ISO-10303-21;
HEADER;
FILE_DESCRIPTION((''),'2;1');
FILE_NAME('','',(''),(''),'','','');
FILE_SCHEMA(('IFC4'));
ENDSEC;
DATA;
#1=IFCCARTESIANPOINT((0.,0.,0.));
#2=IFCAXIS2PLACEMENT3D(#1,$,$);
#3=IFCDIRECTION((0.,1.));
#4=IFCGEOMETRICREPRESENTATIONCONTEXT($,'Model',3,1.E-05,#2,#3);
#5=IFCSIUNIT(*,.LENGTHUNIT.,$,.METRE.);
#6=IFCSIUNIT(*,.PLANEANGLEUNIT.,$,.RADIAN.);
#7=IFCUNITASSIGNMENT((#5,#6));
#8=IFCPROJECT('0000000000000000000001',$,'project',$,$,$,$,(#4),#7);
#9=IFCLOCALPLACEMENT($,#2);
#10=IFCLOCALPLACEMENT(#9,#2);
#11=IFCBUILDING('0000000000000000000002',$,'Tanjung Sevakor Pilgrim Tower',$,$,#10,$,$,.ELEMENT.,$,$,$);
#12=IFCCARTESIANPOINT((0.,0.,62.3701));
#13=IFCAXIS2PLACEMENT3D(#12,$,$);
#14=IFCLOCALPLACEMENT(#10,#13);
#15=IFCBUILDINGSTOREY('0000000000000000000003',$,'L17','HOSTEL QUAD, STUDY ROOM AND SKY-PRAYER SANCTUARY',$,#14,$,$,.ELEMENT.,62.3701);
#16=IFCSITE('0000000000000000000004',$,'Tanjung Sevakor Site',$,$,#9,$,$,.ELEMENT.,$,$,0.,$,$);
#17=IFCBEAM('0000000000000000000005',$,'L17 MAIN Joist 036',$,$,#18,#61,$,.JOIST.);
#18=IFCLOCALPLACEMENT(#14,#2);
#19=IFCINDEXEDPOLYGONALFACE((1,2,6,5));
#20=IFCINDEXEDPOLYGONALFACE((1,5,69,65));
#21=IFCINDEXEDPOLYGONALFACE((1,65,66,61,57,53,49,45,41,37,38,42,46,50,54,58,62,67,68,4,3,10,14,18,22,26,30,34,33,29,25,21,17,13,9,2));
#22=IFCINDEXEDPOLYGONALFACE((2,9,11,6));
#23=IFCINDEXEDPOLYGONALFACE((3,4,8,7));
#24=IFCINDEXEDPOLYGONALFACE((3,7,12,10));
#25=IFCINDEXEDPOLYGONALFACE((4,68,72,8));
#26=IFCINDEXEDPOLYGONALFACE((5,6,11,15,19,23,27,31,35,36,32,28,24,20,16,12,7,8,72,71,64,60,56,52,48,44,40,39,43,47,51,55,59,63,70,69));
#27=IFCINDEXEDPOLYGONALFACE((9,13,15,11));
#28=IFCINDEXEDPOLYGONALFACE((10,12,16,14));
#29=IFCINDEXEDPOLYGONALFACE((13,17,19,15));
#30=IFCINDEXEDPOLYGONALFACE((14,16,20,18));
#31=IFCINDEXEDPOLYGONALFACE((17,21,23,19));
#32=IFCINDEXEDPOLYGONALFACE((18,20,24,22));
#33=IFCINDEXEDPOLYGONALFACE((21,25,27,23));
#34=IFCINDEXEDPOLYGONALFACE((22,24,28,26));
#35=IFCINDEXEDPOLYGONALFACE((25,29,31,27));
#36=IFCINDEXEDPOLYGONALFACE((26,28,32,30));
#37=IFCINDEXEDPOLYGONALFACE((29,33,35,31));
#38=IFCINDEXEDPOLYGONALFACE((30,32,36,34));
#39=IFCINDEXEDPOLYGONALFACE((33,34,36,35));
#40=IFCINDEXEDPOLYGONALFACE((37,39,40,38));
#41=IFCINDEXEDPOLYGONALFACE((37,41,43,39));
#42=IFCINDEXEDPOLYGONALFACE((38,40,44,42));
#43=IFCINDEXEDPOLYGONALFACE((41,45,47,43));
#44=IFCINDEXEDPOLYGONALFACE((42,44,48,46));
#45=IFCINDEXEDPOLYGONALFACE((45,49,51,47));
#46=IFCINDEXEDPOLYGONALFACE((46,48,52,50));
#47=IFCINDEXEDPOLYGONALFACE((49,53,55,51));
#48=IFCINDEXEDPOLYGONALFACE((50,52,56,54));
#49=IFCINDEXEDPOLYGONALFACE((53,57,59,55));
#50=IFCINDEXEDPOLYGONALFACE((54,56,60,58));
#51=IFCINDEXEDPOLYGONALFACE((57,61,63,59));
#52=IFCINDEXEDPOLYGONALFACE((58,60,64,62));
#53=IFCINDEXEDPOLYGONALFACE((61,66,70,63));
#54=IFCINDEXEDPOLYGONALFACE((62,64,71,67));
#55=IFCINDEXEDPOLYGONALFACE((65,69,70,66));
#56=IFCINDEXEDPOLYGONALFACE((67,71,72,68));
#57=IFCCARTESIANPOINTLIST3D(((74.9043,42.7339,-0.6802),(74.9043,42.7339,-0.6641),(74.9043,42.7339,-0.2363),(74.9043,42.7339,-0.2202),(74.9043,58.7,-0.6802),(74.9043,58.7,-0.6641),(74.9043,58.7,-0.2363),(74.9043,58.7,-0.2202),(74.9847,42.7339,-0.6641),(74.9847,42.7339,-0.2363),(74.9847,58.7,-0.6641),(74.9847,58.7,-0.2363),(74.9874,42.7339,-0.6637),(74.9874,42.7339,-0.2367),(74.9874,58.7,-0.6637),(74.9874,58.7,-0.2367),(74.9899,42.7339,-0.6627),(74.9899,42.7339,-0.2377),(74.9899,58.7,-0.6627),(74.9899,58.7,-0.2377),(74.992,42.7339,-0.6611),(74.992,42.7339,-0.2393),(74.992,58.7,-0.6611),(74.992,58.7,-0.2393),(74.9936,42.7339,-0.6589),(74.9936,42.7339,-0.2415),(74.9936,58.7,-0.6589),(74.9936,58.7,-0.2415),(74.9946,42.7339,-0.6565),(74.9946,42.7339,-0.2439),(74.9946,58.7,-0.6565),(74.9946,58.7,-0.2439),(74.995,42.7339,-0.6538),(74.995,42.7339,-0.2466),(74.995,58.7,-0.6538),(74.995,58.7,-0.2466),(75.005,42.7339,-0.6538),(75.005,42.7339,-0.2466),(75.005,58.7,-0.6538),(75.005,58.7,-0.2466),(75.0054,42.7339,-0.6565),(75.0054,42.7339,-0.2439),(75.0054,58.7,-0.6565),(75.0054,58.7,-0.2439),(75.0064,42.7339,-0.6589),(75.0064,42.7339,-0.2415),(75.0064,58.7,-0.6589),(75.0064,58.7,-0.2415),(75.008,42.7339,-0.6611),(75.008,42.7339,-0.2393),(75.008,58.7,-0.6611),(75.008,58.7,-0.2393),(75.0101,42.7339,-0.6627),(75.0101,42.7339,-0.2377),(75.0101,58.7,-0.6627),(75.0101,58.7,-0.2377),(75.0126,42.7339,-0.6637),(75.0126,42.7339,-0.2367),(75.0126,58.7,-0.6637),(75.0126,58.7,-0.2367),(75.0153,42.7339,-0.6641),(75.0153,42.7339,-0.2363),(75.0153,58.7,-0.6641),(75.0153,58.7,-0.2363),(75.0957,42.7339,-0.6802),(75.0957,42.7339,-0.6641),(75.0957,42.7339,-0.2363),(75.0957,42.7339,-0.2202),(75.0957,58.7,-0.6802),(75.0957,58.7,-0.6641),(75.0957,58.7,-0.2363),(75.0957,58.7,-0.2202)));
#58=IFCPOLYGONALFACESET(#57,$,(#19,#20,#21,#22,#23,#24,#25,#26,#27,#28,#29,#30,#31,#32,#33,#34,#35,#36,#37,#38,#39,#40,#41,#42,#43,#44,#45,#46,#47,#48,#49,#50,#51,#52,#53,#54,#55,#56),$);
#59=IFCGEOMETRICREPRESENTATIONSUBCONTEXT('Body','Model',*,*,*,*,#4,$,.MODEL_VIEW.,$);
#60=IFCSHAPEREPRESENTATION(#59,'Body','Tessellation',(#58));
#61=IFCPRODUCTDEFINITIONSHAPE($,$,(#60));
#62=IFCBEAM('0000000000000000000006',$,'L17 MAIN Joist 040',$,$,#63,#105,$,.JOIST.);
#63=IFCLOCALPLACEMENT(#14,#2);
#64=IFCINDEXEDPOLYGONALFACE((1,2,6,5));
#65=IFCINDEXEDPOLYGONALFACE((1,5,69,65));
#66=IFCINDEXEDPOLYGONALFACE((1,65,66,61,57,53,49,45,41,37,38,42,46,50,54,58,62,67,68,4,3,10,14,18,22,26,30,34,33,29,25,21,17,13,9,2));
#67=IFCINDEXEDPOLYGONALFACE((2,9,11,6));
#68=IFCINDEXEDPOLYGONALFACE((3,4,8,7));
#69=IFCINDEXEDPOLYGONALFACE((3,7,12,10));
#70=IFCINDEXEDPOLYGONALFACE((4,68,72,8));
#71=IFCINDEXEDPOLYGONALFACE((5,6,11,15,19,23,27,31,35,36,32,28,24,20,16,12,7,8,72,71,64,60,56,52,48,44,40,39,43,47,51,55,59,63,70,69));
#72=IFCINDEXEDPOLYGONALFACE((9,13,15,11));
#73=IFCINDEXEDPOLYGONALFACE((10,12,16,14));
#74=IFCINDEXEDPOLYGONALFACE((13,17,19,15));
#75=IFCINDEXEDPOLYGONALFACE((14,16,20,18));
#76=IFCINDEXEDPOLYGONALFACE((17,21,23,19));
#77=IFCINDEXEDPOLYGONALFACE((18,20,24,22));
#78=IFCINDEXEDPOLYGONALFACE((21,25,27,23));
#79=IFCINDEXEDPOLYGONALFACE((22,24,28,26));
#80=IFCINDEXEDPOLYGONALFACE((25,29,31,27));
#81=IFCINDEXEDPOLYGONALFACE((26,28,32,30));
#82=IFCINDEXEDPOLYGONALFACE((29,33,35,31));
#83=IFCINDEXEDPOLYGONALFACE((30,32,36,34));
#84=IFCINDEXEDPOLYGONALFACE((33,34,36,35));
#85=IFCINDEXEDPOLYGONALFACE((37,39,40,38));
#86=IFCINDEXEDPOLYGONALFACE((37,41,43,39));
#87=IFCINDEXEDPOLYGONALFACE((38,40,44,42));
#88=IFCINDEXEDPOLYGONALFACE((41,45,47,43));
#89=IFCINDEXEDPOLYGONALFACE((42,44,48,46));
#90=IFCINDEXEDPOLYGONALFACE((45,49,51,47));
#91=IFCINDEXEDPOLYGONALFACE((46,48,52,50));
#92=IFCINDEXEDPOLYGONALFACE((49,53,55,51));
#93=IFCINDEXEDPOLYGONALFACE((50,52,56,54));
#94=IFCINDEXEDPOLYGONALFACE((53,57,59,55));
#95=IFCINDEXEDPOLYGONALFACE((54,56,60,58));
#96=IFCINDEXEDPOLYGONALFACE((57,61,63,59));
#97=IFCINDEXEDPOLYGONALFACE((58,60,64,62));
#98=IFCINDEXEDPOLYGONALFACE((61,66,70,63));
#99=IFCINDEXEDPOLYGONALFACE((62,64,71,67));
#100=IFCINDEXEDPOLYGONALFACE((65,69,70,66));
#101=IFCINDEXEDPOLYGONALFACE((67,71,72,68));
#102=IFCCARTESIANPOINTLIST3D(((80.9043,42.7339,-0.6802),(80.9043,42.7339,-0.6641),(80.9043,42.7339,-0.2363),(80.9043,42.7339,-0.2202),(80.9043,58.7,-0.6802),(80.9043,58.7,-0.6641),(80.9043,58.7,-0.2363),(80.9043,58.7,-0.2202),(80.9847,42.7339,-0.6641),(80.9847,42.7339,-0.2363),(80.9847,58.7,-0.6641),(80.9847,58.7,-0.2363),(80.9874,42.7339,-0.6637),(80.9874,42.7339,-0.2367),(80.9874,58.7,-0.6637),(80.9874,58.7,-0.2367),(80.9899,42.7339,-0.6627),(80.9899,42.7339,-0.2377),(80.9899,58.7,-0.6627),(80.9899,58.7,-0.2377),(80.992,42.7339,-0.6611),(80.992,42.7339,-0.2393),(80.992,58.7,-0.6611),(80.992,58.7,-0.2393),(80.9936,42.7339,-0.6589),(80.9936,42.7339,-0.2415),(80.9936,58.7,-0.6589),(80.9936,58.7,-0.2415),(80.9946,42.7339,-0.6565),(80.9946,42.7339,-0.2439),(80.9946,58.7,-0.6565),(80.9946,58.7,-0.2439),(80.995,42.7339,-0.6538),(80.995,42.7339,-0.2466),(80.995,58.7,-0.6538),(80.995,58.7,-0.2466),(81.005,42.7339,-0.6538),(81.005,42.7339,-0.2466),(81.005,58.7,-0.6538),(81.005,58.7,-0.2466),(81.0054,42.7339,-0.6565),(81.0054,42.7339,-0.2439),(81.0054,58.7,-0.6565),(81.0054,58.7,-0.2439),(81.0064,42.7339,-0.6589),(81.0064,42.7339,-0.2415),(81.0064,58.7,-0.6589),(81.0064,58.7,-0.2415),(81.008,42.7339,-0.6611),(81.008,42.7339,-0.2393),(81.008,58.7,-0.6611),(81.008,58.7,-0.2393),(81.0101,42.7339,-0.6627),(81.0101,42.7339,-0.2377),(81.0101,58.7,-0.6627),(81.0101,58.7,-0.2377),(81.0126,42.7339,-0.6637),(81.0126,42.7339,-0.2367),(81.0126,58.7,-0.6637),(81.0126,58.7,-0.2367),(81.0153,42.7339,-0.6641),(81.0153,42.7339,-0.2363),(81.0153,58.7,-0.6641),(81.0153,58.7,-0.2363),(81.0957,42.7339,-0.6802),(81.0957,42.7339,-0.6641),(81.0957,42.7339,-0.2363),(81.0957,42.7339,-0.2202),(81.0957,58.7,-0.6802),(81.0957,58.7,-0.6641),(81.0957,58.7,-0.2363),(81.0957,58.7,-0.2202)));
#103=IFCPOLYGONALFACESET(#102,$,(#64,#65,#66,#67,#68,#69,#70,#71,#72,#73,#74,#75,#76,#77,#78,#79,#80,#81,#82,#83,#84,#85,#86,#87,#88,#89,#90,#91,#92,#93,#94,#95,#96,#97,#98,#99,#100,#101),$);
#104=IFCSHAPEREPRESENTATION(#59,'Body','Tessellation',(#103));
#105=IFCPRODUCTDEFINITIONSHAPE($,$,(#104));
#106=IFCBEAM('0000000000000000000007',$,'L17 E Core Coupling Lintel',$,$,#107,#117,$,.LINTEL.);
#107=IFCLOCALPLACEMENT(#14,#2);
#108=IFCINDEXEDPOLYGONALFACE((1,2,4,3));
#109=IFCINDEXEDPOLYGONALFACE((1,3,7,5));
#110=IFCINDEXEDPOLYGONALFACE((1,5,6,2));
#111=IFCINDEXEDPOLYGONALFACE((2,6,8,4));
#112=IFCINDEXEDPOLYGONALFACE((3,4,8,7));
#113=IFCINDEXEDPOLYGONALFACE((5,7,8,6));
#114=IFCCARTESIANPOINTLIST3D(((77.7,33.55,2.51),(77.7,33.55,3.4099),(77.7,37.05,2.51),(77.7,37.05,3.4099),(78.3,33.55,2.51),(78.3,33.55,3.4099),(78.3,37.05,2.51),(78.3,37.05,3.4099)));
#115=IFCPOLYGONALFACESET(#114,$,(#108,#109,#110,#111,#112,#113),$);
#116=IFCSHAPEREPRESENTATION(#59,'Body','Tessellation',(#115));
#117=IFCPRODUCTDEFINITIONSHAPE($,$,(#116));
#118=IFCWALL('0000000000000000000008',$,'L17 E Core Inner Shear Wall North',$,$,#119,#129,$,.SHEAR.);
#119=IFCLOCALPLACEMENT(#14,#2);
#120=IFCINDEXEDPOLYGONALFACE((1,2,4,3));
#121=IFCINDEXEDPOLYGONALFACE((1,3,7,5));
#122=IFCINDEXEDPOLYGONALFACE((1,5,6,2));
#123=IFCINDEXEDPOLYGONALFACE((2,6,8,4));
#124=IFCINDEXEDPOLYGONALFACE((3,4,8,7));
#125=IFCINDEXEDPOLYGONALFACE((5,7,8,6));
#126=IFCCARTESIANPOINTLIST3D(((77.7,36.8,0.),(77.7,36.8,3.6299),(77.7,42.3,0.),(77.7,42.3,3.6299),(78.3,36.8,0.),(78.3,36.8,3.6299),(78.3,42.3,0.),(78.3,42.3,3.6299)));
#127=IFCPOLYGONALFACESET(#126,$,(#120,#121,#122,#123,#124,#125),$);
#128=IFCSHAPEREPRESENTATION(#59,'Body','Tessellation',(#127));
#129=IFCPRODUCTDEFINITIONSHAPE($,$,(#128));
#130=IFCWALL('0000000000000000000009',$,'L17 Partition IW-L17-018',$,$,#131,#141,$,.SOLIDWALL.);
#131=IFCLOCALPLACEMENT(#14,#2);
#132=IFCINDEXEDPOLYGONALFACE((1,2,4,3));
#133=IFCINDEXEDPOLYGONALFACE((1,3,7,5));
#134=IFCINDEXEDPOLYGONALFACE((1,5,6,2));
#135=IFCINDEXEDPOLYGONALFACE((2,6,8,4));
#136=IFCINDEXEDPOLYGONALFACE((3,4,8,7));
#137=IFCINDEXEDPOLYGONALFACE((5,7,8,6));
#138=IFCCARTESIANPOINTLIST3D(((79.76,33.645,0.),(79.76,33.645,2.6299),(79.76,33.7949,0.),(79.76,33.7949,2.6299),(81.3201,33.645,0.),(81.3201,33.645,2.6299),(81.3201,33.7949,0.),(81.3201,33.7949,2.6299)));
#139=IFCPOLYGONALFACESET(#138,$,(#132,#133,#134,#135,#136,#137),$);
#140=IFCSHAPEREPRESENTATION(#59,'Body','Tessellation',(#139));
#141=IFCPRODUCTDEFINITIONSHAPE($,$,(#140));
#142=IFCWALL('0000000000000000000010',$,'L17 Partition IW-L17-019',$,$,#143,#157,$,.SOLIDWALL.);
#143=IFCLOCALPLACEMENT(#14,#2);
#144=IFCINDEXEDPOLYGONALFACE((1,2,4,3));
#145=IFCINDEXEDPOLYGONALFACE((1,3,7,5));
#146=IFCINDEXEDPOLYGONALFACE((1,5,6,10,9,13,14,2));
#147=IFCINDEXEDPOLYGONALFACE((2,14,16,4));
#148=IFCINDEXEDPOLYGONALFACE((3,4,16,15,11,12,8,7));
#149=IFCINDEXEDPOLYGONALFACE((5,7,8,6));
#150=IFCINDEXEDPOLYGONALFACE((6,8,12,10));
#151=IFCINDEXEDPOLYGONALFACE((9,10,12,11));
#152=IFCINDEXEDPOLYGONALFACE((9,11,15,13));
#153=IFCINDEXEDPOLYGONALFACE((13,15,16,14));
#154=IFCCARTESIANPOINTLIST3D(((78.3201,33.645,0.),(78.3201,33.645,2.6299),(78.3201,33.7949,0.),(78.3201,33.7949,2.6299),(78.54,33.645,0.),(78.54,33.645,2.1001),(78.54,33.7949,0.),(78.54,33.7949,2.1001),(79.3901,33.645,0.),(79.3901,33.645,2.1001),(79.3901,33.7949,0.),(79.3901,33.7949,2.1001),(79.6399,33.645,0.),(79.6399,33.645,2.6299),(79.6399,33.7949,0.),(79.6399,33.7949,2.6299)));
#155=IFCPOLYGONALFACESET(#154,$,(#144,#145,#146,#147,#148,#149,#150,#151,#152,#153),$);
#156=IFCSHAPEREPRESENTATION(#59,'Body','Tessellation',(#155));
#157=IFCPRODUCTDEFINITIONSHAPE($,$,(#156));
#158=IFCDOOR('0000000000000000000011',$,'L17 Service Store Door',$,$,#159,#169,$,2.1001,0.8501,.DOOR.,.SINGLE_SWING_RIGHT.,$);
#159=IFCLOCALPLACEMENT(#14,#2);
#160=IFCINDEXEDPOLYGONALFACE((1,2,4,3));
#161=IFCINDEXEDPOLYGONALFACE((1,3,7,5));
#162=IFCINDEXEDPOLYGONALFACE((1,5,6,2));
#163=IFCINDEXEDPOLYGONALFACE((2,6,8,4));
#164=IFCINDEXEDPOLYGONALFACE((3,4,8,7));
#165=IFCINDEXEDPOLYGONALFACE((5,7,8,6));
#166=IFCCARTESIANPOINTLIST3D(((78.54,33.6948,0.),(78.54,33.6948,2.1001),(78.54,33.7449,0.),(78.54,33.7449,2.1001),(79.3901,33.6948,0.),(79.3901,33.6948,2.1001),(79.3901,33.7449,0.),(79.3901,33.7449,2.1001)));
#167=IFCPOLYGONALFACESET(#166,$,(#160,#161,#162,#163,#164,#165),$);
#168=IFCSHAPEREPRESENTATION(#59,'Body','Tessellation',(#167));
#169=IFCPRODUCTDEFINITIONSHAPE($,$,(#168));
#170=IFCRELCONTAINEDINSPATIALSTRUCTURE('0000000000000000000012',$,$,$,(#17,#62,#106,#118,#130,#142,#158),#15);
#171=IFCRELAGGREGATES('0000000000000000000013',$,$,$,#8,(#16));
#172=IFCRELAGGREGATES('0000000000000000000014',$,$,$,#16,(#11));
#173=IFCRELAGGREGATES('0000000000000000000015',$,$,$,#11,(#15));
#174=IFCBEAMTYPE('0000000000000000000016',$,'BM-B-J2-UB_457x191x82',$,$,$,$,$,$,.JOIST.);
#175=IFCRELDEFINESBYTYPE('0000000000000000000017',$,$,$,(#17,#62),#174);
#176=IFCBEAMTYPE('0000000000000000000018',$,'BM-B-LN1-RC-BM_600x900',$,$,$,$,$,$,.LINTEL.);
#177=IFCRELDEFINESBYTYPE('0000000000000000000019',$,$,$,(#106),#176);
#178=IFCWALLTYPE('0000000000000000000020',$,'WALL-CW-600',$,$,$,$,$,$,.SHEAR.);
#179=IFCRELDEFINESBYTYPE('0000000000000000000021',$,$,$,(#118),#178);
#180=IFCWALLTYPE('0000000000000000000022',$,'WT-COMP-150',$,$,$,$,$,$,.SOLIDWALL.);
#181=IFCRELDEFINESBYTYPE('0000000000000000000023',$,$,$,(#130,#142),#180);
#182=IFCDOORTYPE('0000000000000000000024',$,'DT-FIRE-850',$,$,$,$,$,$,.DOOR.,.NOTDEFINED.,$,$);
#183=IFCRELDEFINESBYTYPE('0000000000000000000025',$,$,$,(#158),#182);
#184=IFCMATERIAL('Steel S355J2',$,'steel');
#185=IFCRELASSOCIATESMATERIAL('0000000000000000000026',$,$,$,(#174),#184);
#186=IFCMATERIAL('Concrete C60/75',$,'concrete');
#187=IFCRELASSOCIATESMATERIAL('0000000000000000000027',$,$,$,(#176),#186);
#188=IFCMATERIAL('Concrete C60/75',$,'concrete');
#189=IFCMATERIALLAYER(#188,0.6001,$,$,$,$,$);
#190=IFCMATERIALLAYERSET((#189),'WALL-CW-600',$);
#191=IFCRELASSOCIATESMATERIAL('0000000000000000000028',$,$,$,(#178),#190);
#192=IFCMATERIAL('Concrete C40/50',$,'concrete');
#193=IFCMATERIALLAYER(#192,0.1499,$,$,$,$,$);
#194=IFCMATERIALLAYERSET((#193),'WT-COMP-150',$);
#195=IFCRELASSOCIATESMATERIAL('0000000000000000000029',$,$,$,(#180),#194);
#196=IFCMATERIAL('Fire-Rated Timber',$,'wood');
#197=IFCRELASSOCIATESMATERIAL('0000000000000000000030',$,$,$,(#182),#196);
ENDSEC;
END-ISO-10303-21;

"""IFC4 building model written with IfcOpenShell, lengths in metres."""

from ifc_helpers import new_model, si_unit, direction, frame, frame_2d, origin, origin_2d, place, context, subcontext, project, spatial, rectangle, i_section, extrude, material, layer, layer_set, material_profile, profile_set, type_object, element, fill, save


model = new_model("IFC4")

# Units and contexts
model_context = context("Model", 3, precision=1e-05, world=origin(), true_north=direction((0.0, 1.0)))
body_context = subcontext(model_context, "Body", "Model", "MODEL_VIEW")
ifc_project = project(units=[si_unit("LENGTHUNIT", "METRE"), si_unit("PLANEANGLEUNIT", "RADIAN")], contexts=[model_context])

# Site, building, storey
site_placement = place(None, origin())
site = spatial("IfcSite", under=ifc_project, at=site_placement, Name="Tanjung Sevakor Site", CompositionType="ELEMENT", RefElevation=0.0)
building_placement = place(site_placement, origin())
building = spatial("IfcBuilding", under=site, at=building_placement, Name="Tanjung Sevakor Pilgrim Tower", CompositionType="ELEMENT")
storey_placement = place(building_placement, frame((0.0, 0.0, 62.3701)))
storey = spatial("IfcBuildingStorey", under=building, at=storey_placement, Name="L17", Description="HOSTEL QUAD, STUDY ROOM AND SKY-PRAYER SANCTUARY", CompositionType="ELEMENT", Elevation=62.3701)

# Beams
ifc_material_1 = material(Name="Steel S355J2", Category="steel")
ifc_material_profile_1 = material_profile(ifc_material_1, i_section(OverallWidth=0.1914, OverallDepth=0.46, WebThickness=0.01, FlangeThickness=0.0161, FilletRadius=0.0103, at=origin_2d()))
ifc_profile_set_1 = profile_set([ifc_material_profile_1], Name="Steel S355J2")
beam_type_1 = type_object("IfcBeamType", Name="BM-B-J2-UB_457x191x82", PredefinedType="JOIST", material=ifc_profile_set_1)
for number, where, z_axis, x_axis, name in (
    (1, (75.0, 42.7339, -0.4502), (0.0, 1.0, 0.0), (-1.0, 0.0, 0.0), "L17 MAIN Joist 036"),
    (2, (81.0, 42.7339, -0.4502), (0.0, 1.0, 0.0), (-1.0, 0.0, 0.0), "L17 MAIN Joist 040"),
):
    element("IfcBeam", number, at=place(storey_placement, frame(where, z_axis=z_axis, x_axis=x_axis)), inside=storey, type_object=beam_type_1, Name=name, PredefinedType="JOIST", context=body_context, shape_type="SweptSolid", body=[
        extrude(i_section(OverallWidth=0.1914, OverallDepth=0.46, WebThickness=0.01, FlangeThickness=0.0161, FilletRadius=0.0103, at=origin_2d()), origin(), (0.0, 0.0, 1.0), 15.9661),
    ])
ifc_material_2 = material(Name="Concrete C60/75", Category="concrete")
ifc_material_profile_2 = material_profile(ifc_material_2, rectangle(XDim=0.6001, YDim=0.8999, at=origin_2d()))
ifc_profile_set_2 = profile_set([ifc_material_profile_2], Name="Concrete C60/75")
beam_type_2 = type_object("IfcBeamType", Name="BM-B-LN1-RC-BM_600x900", PredefinedType="LINTEL", material=ifc_profile_set_2)
beam_1_placement = place(storey_placement, frame((78.0, 33.55, 2.96), z_axis=(0.0, 1.0, 0.0), x_axis=(-1.0, 0.0, 0.0)))
element("IfcBeam", 3, at=beam_1_placement, inside=storey, type_object=beam_type_2, Name="L17 E Core Coupling Lintel", PredefinedType="LINTEL", context=body_context, shape_type="SweptSolid", body=[
    extrude(rectangle(XDim=0.6001, YDim=0.8999, at=origin_2d()), origin(), (0.0, 0.0, 1.0), 3.5),
])

# Walls
ifc_material_3 = material(Name="Concrete C60/75", Category="concrete")
ifc_layer_1 = layer(ifc_material_3, 0.6001)
ifc_layer_set_1 = layer_set([ifc_layer_1], Name="WALL-CW-600")
wall_type_1 = type_object("IfcWallType", Name="WALL-CW-600", PredefinedType="SHEAR", material=ifc_layer_set_1)
wall_1_placement = place(storey_placement, frame((78.0, 36.8, 0.0), z_axis=(0.0, 0.0, 1.0), x_axis=(0.0, 1.0, 0.0)))
element("IfcWall", 4, at=wall_1_placement, inside=storey, type_object=wall_type_1, Name="L17 E Core Inner Shear Wall North", PredefinedType="SHEAR", context=body_context, shape_type="SweptSolid", body=[
    extrude(rectangle(XDim=5.5, YDim=0.6001, at=frame_2d((2.75, 0.0))), origin(), (0.0, 0.0, 1.0), 3.6299),
])
ifc_material_4 = material(Name="Concrete C40/50", Category="concrete")
ifc_layer_2 = layer(ifc_material_4, 0.1499)
ifc_layer_set_2 = layer_set([ifc_layer_2], Name="WT-COMP-150")
wall_type_2 = type_object("IfcWallType", Name="WT-COMP-150", PredefinedType="SOLIDWALL", material=ifc_layer_set_2)
wall_2_placement = place(storey_placement, frame((79.76, 33.72, 0.0), z_axis=(0.0, 0.0, 1.0), x_axis=(1.0, 0.0, 0.0)))
element("IfcWall", 5, at=wall_2_placement, inside=storey, type_object=wall_type_2, Name="L17 Partition IW-L17-018", PredefinedType="SOLIDWALL", context=body_context, shape_type="SweptSolid", body=[
    extrude(rectangle(XDim=1.5601, YDim=0.1499, at=frame_2d((0.78, 0.0))), origin(), (0.0, 0.0, 1.0), 2.6299),
])

# Wall, opening, door
wall_3_placement = place(storey_placement, frame((78.3201, 33.72, 0.0), z_axis=(0.0, 0.0, 1.0), x_axis=(1.0, 0.0, 0.0)))
wall_3 = element("IfcWall", 6, at=wall_3_placement, inside=storey, type_object=wall_type_2, Name="L17 Partition IW-L17-019", PredefinedType="SOLIDWALL", context=body_context, shape_type="SweptSolid", body=[
    extrude(rectangle(XDim=1.3198, YDim=0.1499, at=frame_2d((0.6599, 0.0))), origin(), (0.0, 0.0, 1.0), 2.6299),
])
opening_1_placement = place(wall_3_placement, frame((0.22, 0.0, 0.0)))
opening_1 = element("IfcOpeningElement", 7, at=opening_1_placement, cuts=wall_3, PredefinedType="OPENING", context=body_context, shape_type="SweptSolid", body=[
    extrude(rectangle(XDim=0.8501, YDim=2.1001, at=frame_2d((0.425, 1.05))), frame((0.0, 0.085, 0.0), z_axis=(0.0, -1.0, 0.0), x_axis=(1.0, 0.0, 0.0)), (0.0, 0.0, 1.0), 0.1699),
])
ifc_material_5 = material(Name="Fire-Rated Timber", Category="wood")
door_type_1 = type_object("IfcDoorType", Name="DT-FIRE-850", OperationType="NOTDEFINED", PredefinedType="DOOR", material=ifc_material_5)
door_1_placement = place(opening_1_placement, origin())
door_1 = element("IfcDoor", 8, at=door_1_placement, inside=storey, type_object=door_type_1, Name="L17 Service Store Door", OperationType="SINGLE_SWING_RIGHT", OverallHeight=2.1001, OverallWidth=0.8501, PredefinedType="DOOR", context=body_context, shape_type="SweptSolid", body=[
    extrude(rectangle(XDim=0.8501, YDim=2.1001, at=frame_2d((0.425, 1.05))), frame((0.0, 0.0249, 0.0), z_axis=(0.0, -1.0, 0.0), x_axis=(1.0, 0.0, 0.0)), (0.0, 0.0, 1.0), 0.05),
])
fill(opening_1, door_1)

save(model, "model.ifc")
